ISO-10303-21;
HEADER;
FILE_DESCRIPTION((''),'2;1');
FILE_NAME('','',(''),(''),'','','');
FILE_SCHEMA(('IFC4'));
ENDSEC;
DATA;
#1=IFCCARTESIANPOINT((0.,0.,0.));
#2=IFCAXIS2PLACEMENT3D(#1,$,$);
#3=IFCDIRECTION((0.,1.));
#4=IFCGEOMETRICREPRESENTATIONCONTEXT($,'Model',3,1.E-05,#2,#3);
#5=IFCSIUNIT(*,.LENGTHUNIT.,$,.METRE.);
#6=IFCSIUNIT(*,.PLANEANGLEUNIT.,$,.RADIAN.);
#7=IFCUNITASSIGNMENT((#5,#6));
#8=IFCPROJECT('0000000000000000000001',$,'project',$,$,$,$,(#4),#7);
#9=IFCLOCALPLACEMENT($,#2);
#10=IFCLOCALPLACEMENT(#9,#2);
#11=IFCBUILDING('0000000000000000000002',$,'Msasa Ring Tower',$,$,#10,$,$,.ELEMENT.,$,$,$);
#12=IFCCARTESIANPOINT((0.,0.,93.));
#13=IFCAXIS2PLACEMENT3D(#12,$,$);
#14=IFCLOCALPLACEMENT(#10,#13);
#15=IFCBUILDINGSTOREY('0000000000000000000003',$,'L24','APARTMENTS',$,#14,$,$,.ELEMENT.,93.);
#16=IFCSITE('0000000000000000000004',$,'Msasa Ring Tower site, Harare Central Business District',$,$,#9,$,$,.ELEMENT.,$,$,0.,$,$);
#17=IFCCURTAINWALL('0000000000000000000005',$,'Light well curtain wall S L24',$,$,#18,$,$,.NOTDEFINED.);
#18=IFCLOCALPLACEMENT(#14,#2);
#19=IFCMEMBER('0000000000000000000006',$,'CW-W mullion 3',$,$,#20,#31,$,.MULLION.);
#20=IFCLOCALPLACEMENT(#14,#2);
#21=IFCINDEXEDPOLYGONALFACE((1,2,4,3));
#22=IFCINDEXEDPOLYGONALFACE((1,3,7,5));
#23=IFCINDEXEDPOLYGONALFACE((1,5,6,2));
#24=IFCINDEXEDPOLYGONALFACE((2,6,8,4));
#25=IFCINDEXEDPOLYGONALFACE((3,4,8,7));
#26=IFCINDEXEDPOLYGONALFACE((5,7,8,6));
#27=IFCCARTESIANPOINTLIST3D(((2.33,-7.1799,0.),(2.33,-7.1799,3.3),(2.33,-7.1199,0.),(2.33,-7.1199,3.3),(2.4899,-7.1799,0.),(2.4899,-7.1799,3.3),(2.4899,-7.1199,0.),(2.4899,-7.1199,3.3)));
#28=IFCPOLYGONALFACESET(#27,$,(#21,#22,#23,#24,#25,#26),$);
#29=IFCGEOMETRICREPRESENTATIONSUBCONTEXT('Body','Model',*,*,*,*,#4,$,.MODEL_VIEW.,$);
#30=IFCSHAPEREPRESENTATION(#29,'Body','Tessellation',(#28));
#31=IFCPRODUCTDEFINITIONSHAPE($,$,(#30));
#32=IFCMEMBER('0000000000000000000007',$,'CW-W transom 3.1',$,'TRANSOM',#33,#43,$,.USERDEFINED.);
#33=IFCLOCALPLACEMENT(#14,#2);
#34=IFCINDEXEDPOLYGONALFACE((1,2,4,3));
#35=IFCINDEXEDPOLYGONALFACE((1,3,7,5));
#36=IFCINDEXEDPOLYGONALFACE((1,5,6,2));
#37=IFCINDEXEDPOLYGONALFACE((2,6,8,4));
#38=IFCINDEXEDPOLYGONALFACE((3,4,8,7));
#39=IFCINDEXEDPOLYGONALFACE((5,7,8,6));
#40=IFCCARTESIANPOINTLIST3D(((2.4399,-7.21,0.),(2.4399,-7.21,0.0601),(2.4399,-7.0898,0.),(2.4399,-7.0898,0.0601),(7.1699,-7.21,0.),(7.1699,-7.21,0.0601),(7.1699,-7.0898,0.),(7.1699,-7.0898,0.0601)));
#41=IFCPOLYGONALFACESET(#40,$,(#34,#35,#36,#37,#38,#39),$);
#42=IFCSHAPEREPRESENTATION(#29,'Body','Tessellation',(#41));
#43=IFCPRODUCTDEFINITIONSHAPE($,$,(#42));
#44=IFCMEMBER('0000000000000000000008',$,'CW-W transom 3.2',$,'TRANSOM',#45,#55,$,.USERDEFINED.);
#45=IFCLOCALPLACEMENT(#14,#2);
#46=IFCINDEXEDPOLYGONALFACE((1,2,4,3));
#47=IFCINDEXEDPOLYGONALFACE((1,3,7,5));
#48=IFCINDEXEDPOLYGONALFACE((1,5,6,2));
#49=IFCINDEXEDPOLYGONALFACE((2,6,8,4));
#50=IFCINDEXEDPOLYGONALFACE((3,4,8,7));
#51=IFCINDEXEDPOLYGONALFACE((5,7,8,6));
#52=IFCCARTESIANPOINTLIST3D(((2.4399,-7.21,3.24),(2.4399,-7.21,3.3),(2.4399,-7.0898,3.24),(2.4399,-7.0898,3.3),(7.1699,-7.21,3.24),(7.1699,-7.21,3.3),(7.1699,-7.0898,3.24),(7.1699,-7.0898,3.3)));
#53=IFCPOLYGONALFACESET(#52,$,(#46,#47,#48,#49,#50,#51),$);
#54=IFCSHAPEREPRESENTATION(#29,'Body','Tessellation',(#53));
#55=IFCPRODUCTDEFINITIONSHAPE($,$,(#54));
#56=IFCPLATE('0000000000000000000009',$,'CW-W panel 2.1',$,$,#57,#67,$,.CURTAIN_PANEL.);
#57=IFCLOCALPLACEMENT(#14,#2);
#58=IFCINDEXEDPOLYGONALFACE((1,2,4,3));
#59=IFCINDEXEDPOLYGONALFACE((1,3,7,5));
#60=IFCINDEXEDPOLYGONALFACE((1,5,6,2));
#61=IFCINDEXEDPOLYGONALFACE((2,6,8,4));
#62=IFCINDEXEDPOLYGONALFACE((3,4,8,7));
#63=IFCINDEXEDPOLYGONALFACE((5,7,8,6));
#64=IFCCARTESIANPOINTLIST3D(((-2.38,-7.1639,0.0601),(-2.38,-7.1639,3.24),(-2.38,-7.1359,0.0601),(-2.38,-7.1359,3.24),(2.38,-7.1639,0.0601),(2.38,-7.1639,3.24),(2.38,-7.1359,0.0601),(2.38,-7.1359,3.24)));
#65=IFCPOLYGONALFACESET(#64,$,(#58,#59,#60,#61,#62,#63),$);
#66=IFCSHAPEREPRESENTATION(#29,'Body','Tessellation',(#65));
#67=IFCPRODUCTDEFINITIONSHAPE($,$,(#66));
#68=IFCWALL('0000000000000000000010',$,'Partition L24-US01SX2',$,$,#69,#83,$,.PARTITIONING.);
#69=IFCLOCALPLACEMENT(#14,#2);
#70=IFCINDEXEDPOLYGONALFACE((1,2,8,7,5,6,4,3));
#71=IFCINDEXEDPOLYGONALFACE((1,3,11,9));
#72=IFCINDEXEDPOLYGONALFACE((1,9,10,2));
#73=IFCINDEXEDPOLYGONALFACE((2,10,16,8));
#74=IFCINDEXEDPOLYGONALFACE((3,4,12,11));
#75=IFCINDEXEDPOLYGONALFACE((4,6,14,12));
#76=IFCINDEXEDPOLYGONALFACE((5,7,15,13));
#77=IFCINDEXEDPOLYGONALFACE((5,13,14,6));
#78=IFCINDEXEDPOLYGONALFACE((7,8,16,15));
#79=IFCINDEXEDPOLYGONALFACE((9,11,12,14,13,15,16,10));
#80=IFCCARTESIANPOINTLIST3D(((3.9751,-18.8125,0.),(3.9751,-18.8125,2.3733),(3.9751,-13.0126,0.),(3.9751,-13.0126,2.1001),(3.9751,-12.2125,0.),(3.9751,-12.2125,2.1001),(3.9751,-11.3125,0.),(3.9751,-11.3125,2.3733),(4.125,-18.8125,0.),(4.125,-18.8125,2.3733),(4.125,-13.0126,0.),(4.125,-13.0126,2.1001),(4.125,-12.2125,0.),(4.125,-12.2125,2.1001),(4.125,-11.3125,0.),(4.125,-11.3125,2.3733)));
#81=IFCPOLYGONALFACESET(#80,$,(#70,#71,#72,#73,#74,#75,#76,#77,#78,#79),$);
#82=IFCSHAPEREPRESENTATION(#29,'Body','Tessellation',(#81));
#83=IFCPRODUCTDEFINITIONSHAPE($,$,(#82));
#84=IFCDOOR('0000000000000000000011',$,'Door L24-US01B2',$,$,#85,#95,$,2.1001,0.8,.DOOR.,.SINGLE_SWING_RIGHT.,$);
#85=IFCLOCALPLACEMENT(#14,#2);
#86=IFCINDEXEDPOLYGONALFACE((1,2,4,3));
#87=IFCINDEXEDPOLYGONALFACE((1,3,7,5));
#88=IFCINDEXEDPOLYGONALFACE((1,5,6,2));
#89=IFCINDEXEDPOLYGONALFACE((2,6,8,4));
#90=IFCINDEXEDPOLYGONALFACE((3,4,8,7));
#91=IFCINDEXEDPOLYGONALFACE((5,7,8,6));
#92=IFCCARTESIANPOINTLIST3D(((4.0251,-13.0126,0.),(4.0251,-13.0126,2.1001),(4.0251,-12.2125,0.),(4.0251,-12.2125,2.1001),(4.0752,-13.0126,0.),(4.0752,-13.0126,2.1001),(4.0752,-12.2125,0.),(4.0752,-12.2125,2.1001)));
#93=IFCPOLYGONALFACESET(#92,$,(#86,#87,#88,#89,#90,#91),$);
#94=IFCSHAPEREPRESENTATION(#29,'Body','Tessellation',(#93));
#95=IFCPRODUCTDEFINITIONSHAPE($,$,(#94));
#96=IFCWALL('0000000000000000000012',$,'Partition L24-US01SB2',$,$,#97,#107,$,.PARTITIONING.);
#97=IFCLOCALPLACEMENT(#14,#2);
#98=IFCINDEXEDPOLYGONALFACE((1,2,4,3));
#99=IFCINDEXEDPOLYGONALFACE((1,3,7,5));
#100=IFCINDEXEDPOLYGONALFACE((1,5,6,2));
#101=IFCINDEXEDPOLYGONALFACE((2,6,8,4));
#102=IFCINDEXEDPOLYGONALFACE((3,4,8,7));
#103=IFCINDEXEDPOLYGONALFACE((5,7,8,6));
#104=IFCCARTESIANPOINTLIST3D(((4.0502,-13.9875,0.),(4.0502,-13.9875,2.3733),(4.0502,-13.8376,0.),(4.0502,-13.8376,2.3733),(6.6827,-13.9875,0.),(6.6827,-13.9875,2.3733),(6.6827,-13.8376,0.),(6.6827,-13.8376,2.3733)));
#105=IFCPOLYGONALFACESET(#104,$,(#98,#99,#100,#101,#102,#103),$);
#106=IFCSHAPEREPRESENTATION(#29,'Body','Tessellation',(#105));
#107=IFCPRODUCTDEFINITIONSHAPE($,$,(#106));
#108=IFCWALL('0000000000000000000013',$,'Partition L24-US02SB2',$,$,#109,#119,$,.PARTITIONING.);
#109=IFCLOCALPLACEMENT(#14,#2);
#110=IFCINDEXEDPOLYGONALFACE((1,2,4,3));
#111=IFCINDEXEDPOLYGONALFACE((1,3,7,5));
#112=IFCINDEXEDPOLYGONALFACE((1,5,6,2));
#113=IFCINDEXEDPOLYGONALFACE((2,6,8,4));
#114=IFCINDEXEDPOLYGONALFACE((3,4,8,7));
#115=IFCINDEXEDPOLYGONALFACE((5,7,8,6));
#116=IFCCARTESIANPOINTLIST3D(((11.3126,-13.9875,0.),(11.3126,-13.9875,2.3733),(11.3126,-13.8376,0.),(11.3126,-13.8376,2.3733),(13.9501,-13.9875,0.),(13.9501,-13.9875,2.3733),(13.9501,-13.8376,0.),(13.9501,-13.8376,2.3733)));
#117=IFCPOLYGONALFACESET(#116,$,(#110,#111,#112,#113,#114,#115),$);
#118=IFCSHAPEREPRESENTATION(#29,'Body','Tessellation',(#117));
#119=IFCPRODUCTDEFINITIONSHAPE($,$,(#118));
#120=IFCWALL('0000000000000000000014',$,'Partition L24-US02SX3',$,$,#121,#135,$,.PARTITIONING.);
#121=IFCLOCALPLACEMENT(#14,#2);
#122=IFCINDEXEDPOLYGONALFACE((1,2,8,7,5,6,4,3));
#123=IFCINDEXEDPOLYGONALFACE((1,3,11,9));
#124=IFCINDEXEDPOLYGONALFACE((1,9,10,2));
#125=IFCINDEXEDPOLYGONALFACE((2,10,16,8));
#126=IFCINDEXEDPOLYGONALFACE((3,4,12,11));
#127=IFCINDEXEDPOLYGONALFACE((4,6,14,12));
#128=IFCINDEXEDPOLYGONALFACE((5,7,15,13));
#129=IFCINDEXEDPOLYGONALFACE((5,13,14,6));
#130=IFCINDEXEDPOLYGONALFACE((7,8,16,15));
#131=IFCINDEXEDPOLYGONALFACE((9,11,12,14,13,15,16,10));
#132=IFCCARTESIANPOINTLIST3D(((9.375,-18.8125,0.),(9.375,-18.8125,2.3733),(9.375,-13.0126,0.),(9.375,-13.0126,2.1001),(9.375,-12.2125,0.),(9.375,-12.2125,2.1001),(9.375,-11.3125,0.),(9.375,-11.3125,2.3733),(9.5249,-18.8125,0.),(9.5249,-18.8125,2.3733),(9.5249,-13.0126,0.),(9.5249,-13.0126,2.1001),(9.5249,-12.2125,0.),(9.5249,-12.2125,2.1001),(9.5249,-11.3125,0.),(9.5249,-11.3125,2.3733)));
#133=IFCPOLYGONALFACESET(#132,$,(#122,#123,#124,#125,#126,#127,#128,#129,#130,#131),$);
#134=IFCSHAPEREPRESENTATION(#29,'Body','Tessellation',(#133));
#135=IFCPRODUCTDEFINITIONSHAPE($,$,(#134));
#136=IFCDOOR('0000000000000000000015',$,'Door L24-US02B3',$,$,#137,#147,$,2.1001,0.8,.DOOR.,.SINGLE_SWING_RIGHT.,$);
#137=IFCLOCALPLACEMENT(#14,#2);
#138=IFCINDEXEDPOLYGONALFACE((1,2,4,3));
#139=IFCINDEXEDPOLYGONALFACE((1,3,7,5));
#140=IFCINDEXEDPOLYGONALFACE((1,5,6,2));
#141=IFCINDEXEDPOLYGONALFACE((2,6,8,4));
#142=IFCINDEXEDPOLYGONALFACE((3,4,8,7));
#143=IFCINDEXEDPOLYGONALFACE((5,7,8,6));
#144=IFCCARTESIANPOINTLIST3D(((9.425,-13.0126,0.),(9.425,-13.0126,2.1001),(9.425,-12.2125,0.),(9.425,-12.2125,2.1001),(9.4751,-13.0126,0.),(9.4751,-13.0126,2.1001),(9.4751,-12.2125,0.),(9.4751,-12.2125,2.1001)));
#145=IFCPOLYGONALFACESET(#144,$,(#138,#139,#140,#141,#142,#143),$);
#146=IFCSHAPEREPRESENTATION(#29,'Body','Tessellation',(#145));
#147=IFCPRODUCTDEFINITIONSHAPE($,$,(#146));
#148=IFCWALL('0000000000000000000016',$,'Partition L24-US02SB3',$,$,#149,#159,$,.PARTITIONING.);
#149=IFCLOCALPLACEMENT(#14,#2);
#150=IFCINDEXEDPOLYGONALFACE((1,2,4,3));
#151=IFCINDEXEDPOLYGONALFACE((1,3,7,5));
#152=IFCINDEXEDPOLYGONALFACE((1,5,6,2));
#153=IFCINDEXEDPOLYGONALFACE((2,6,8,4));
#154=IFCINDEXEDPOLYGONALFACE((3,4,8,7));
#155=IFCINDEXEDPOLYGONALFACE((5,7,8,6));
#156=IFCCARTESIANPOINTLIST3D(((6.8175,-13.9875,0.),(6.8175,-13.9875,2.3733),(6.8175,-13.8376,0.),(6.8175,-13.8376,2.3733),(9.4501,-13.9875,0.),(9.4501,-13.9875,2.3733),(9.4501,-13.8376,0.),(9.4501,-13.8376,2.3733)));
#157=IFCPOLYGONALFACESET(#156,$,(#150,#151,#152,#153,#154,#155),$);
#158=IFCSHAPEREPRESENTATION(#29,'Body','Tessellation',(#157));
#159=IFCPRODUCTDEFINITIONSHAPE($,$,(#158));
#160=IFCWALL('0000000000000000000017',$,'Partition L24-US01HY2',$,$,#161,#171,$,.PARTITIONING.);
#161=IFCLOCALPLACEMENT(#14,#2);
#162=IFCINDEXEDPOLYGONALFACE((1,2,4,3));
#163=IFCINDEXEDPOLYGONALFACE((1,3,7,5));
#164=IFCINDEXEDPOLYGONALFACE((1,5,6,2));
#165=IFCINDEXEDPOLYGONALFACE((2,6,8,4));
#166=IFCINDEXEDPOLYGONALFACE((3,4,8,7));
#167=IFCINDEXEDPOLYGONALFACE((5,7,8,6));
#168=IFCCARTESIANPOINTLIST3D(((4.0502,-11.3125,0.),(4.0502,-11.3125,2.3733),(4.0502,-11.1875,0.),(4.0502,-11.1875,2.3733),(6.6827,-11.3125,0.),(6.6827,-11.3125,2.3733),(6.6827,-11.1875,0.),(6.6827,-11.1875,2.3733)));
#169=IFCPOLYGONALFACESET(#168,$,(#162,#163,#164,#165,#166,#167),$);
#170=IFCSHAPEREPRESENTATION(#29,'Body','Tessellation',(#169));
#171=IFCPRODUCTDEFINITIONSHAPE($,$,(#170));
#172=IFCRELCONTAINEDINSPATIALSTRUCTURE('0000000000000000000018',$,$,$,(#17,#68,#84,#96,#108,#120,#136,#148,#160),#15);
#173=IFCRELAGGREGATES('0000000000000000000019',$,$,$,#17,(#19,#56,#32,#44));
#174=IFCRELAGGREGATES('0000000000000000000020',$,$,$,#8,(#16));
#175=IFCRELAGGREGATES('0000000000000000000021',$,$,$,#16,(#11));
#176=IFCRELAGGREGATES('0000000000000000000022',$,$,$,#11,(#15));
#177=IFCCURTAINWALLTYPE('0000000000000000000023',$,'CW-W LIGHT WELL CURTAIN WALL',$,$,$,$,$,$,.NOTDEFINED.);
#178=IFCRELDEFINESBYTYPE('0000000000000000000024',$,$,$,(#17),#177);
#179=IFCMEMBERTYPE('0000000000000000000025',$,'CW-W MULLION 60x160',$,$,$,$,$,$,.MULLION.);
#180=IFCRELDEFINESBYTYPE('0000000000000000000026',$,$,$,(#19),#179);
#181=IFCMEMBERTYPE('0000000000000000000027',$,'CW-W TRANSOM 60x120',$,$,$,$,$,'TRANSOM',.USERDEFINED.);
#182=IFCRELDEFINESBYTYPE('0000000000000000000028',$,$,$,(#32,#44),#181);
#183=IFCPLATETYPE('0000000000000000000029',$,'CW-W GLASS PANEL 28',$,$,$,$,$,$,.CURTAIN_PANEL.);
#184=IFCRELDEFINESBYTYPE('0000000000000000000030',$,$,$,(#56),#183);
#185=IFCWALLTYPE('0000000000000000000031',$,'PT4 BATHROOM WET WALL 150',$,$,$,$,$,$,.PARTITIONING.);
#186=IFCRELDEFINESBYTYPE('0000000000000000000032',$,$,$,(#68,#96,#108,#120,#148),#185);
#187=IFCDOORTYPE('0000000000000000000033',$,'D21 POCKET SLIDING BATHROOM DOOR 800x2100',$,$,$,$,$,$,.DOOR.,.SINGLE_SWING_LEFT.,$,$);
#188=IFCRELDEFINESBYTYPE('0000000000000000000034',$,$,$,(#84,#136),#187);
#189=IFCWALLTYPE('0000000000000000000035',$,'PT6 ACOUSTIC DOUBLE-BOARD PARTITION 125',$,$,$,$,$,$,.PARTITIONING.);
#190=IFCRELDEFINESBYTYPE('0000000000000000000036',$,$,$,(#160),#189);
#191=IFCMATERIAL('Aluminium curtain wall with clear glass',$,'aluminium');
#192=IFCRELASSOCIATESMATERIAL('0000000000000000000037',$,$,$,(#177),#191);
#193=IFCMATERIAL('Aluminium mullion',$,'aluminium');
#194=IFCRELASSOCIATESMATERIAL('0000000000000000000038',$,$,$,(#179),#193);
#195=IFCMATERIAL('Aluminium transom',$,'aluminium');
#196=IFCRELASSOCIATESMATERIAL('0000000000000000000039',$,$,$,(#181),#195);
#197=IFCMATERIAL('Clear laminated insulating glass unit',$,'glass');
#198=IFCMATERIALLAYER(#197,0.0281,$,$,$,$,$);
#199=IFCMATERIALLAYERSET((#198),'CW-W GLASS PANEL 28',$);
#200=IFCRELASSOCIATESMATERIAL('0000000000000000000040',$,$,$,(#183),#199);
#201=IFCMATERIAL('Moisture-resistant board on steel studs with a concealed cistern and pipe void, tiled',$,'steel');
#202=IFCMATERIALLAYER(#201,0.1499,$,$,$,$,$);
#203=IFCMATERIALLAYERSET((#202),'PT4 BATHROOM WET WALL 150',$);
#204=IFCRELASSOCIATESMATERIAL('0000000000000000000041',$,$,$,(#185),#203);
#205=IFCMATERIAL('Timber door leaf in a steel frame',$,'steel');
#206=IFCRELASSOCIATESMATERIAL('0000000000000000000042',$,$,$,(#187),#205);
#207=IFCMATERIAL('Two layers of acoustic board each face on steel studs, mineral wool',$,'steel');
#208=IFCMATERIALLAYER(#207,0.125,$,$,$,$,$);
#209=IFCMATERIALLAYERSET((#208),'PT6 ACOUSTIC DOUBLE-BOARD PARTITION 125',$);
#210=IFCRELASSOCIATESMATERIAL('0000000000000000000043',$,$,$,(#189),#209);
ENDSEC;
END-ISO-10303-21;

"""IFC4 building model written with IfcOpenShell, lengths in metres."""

from ifc_helpers import new_model, si_unit, direction, frame, frame_2d, origin, origin_2d, place, context, subcontext, project, spatial, rectangle, extrude, material, layer, layer_set, material_profile, profile_set, type_object, element, fill, aggregate, save


model = new_model("IFC4")

# Units and contexts
model_context = context("Model", 3, precision=1e-05, world=origin(), true_north=direction((0.0, 1.0)))
body_context = subcontext(model_context, "Body", "Model", "MODEL_VIEW")
ifc_project = project(units=[si_unit("LENGTHUNIT", "METRE"), si_unit("PLANEANGLEUNIT", "RADIAN")], contexts=[model_context])

# Site, building, storey
site_placement = place(None, origin())
site = spatial("IfcSite", under=ifc_project, at=site_placement, Name="Msasa Ring Tower site, Harare Central Business District", CompositionType="ELEMENT", RefElevation=0.0)
building_placement = place(site_placement, origin())
building = spatial("IfcBuilding", under=site, at=building_placement, Name="Msasa Ring Tower", CompositionType="ELEMENT")
storey_placement = place(building_placement, frame((0.0, 0.0, 93.0)))
storey = spatial("IfcBuildingStorey", under=building, at=storey_placement, Name="L24", Description="APARTMENTS", CompositionType="ELEMENT", Elevation=93.0)

# Curtain wall, members, plate
ifc_material_1 = material(Name="Aluminium curtain wall with clear glass", Category="aluminium")
curtain_wall_type = type_object("IfcCurtainWallType", Name="CW-W LIGHT WELL CURTAIN WALL", PredefinedType="NOTDEFINED", material=ifc_material_1)
curtain_wall_placement = place(storey_placement, origin())
curtain_wall = element("IfcCurtainWall", 1, at=curtain_wall_placement, inside=storey, type_object=curtain_wall_type, Name="Light well curtain wall S L24", PredefinedType="NOTDEFINED")
ifc_material_2 = material(Name="Aluminium mullion", Category="aluminium")
ifc_material_profile_1 = material_profile(ifc_material_2, rectangle(XDim=0.0601, YDim=0.1599, at=origin_2d()), Name="AL 60x160")
ifc_profile_set_1 = profile_set([ifc_material_profile_1], Name="Aluminium mullion")
member_type_1 = type_object("IfcMemberType", Name="CW-W MULLION 60x160", PredefinedType="MULLION", material=ifc_profile_set_1)
member_1_placement = place(storey_placement, frame((2.4099, -7.1499, 0.0), z_axis=(0.0, 0.0, 1.0), x_axis=(0.0, 1.0, 0.0)))
member_1 = element("IfcMember", 2, at=member_1_placement, type_object=member_type_1, Name="CW-W mullion 3", PredefinedType="MULLION", context=body_context, shape_type="SweptSolid", body=[
    extrude(rectangle(XDim=0.0601, YDim=0.1599, at=origin_2d()), origin(), (0.0, 0.0, 1.0), 3.3),
])
ifc_material_3 = material(Name="Aluminium transom", Category="aluminium")
ifc_material_profile_2 = material_profile(ifc_material_3, rectangle(XDim=0.1201, YDim=0.0601, at=origin_2d()), Name="AL 60x120")
ifc_profile_set_2 = profile_set([ifc_material_profile_2], Name="Aluminium transom")
member_type_2 = type_object("IfcMemberType", Name="CW-W TRANSOM 60x120", ElementType="TRANSOM", PredefinedType="USERDEFINED", material=ifc_profile_set_2)
member_2_placement = place(storey_placement, frame((2.4399, -7.1499, 0.03), z_axis=(1.0, 0.0, 0.0), x_axis=(0.0, 1.0, 0.0)))
member_2 = element("IfcMember", 3, at=member_2_placement, type_object=member_type_2, Name="CW-W transom 3.1", ObjectType="TRANSOM", PredefinedType="USERDEFINED", context=body_context, shape_type="SweptSolid", body=[
    extrude(rectangle(XDim=0.1201, YDim=0.0601, at=origin_2d()), origin(), (0.0, 0.0, 1.0), 4.73),
])
member_3_placement = place(storey_placement, frame((2.4399, -7.1499, 3.27), z_axis=(1.0, 0.0, 0.0), x_axis=(0.0, 1.0, 0.0)))
member_3 = element("IfcMember", 4, at=member_3_placement, type_object=member_type_2, Name="CW-W transom 3.2", ObjectType="TRANSOM", PredefinedType="USERDEFINED", context=body_context, shape_type="SweptSolid", body=[
    extrude(rectangle(XDim=0.1201, YDim=0.0601, at=origin_2d()), origin(), (0.0, 0.0, 1.0), 4.73),
])
ifc_material_4 = material(Name="Clear laminated insulating glass unit", Category="glass")
ifc_layer_1 = layer(ifc_material_4, 0.0281)
ifc_layer_set_1 = layer_set([ifc_layer_1], Name="CW-W GLASS PANEL 28")
plate_type = type_object("IfcPlateType", Name="CW-W GLASS PANEL 28", PredefinedType="CURTAIN_PANEL", material=ifc_layer_set_1)
plate_placement = place(storey_placement, frame((0.0, -7.1499, 0.0601), z_axis=(0.0, 0.0, 1.0), x_axis=(1.0, 0.0, 0.0)))
plate = element("IfcPlate", 5, at=plate_placement, type_object=plate_type, Name="CW-W panel 2.1", PredefinedType="CURTAIN_PANEL", context=body_context, shape_type="SweptSolid", body=[
    extrude(rectangle(XDim=4.76, YDim=0.0281, at=origin_2d()), origin(), (0.0, 0.0, 1.0), 3.1799),
])
aggregate(curtain_wall, [member_1, plate, member_2, member_3])

# Wall, opening, door
ifc_material_5 = material(Name="Moisture-resistant board on steel studs with a concealed cistern and pipe void, tiled", Category="steel")
ifc_layer_2 = layer(ifc_material_5, 0.1499)
ifc_layer_set_2 = layer_set([ifc_layer_2], Name="PT4 BATHROOM WET WALL 150")
wall_type_1 = type_object("IfcWallType", Name="PT4 BATHROOM WET WALL 150", PredefinedType="PARTITIONING", material=ifc_layer_set_2)
wall_1_placement = place(storey_placement, frame((4.05, -18.8125, 0.0), z_axis=(0.0, 0.0, 1.0), x_axis=(0.0, 1.0, 0.0)))
wall_1 = element("IfcWall", 6, at=wall_1_placement, inside=storey, type_object=wall_type_1, Name="Partition L24-US01SX2", PredefinedType="PARTITIONING", context=body_context, shape_type="SweptSolid", body=[
    extrude(rectangle(XDim=7.5, YDim=0.1499, at=frame_2d((3.75, 0.0))), origin(), (0.0, 0.0, 1.0), 2.3733),
])
opening_1_placement = place(wall_1_placement, frame((5.8, 0.0, 0.0)))
opening_1 = element("IfcOpeningElement", 7, at=opening_1_placement, cuts=wall_1, PredefinedType="OPENING", context=body_context, shape_type="SweptSolid", body=[
    extrude(rectangle(XDim=0.8, YDim=2.1001, at=frame_2d((0.3999, 1.05))), frame((0.0, 0.085, 0.0), z_axis=(0.0, -1.0, 0.0), x_axis=(1.0, 0.0, 0.0)), (0.0, 0.0, 1.0), 0.1699),
])
ifc_material_6 = material(Name="Timber door leaf in a steel frame", Category="steel")
door_type_1 = type_object("IfcDoorType", Name="D21 POCKET SLIDING BATHROOM DOOR 800x2100", OperationType="SINGLE_SWING_LEFT", PredefinedType="DOOR", material=ifc_material_6)
door_1_placement = place(opening_1_placement, origin())
door_1 = element("IfcDoor", 8, at=door_1_placement, inside=storey, type_object=door_type_1, Name="Door L24-US01B2", OperationType="SINGLE_SWING_RIGHT", OverallHeight=2.1001, OverallWidth=0.8, PredefinedType="DOOR", context=body_context, shape_type="SweptSolid", body=[
    extrude(rectangle(XDim=0.8, YDim=2.1001, at=frame_2d((0.3999, 1.05))), frame((0.0, 0.0249, 0.0), z_axis=(0.0, -1.0, 0.0), x_axis=(1.0, 0.0, 0.0)), (0.0, 0.0, 1.0), 0.05),
])
fill(opening_1, door_1)

# Walls
wall_2_placement = place(storey_placement, frame((4.05, -13.9126, 0.0), z_axis=(0.0, 0.0, 1.0), x_axis=(1.0, 0.0, 0.0)))
element("IfcWall", 9, at=wall_2_placement, inside=storey, type_object=wall_type_1, Name="Partition L24-US01SB2", PredefinedType="PARTITIONING", context=body_context, shape_type="SweptSolid", body=[
    extrude(rectangle(XDim=2.6326, YDim=0.1499, at=frame_2d((1.3164, 0.0))), origin(), (0.0, 0.0, 1.0), 2.3733),
])
wall_3_placement = place(storey_placement, frame((11.3125, -13.9126, 0.0), z_axis=(0.0, 0.0, 1.0), x_axis=(1.0, 0.0, 0.0)))
element("IfcWall", 10, at=wall_3_placement, inside=storey, type_object=wall_type_1, Name="Partition L24-US02SB2", PredefinedType="PARTITIONING", context=body_context, shape_type="SweptSolid", body=[
    extrude(rectangle(XDim=2.6375, YDim=0.1499, at=frame_2d((1.3188, 0.0))), origin(), (0.0, 0.0, 1.0), 2.3733),
])

# Wall, opening, door
wall_4_placement = place(storey_placement, frame((9.45, -18.8125, 0.0), z_axis=(0.0, 0.0, 1.0), x_axis=(0.0, 1.0, 0.0)))
wall_4 = element("IfcWall", 11, at=wall_4_placement, inside=storey, type_object=wall_type_1, Name="Partition L24-US02SX3", PredefinedType="PARTITIONING", context=body_context, shape_type="SweptSolid", body=[
    extrude(rectangle(XDim=7.5, YDim=0.1499, at=frame_2d((3.75, 0.0))), origin(), (0.0, 0.0, 1.0), 2.3733),
])
opening_2_placement = place(wall_4_placement, frame((5.8, 0.0, 0.0)))
opening_2 = element("IfcOpeningElement", 12, at=opening_2_placement, cuts=wall_4, PredefinedType="OPENING", context=body_context, shape_type="SweptSolid", body=[
    extrude(rectangle(XDim=0.8, YDim=2.1001, at=frame_2d((0.3999, 1.05))), frame((0.0, 0.085, 0.0), z_axis=(0.0, -1.0, 0.0), x_axis=(1.0, 0.0, 0.0)), (0.0, 0.0, 1.0), 0.1699),
])
door_2_placement = place(opening_2_placement, origin())
door_2 = element("IfcDoor", 13, at=door_2_placement, inside=storey, type_object=door_type_1, Name="Door L24-US02B3", OperationType="SINGLE_SWING_RIGHT", OverallHeight=2.1001, OverallWidth=0.8, PredefinedType="DOOR", context=body_context, shape_type="SweptSolid", body=[
    extrude(rectangle(XDim=0.8, YDim=2.1001, at=frame_2d((0.3999, 1.05))), frame((0.0, 0.0249, 0.0), z_axis=(0.0, -1.0, 0.0), x_axis=(1.0, 0.0, 0.0)), (0.0, 0.0, 1.0), 0.05),
])
fill(opening_2, door_2)

# Walls
wall_5_placement = place(storey_placement, frame((6.8174, -13.9126, 0.0), z_axis=(0.0, 0.0, 1.0), x_axis=(1.0, 0.0, 0.0)))
element("IfcWall", 14, at=wall_5_placement, inside=storey, type_object=wall_type_1, Name="Partition L24-US02SB3", PredefinedType="PARTITIONING", context=body_context, shape_type="SweptSolid", body=[
    extrude(rectangle(XDim=2.6326, YDim=0.1499, at=frame_2d((1.3164, 0.0))), origin(), (0.0, 0.0, 1.0), 2.3733),
])
ifc_material_7 = material(Name="Two layers of acoustic board each face on steel studs, mineral wool", Category="steel")
ifc_layer_3 = layer(ifc_material_7, 0.125)
ifc_layer_set_3 = layer_set([ifc_layer_3], Name="PT6 ACOUSTIC DOUBLE-BOARD PARTITION 125")
wall_type_2 = type_object("IfcWallType", Name="PT6 ACOUSTIC DOUBLE-BOARD PARTITION 125", PredefinedType="PARTITIONING", material=ifc_layer_set_3)
wall_6_placement = place(storey_placement, frame((4.05, -11.25, 0.0), z_axis=(0.0, 0.0, 1.0), x_axis=(1.0, 0.0, 0.0)))
element("IfcWall", 15, at=wall_6_placement, inside=storey, type_object=wall_type_2, Name="Partition L24-US01HY2", PredefinedType="PARTITIONING", context=body_context, shape_type="SweptSolid", body=[
    extrude(rectangle(XDim=2.6326, YDim=0.125, at=frame_2d((1.3164, 0.0))), origin(), (0.0, 0.0, 1.0), 2.3733),
])

save(model, "model.ifc")
